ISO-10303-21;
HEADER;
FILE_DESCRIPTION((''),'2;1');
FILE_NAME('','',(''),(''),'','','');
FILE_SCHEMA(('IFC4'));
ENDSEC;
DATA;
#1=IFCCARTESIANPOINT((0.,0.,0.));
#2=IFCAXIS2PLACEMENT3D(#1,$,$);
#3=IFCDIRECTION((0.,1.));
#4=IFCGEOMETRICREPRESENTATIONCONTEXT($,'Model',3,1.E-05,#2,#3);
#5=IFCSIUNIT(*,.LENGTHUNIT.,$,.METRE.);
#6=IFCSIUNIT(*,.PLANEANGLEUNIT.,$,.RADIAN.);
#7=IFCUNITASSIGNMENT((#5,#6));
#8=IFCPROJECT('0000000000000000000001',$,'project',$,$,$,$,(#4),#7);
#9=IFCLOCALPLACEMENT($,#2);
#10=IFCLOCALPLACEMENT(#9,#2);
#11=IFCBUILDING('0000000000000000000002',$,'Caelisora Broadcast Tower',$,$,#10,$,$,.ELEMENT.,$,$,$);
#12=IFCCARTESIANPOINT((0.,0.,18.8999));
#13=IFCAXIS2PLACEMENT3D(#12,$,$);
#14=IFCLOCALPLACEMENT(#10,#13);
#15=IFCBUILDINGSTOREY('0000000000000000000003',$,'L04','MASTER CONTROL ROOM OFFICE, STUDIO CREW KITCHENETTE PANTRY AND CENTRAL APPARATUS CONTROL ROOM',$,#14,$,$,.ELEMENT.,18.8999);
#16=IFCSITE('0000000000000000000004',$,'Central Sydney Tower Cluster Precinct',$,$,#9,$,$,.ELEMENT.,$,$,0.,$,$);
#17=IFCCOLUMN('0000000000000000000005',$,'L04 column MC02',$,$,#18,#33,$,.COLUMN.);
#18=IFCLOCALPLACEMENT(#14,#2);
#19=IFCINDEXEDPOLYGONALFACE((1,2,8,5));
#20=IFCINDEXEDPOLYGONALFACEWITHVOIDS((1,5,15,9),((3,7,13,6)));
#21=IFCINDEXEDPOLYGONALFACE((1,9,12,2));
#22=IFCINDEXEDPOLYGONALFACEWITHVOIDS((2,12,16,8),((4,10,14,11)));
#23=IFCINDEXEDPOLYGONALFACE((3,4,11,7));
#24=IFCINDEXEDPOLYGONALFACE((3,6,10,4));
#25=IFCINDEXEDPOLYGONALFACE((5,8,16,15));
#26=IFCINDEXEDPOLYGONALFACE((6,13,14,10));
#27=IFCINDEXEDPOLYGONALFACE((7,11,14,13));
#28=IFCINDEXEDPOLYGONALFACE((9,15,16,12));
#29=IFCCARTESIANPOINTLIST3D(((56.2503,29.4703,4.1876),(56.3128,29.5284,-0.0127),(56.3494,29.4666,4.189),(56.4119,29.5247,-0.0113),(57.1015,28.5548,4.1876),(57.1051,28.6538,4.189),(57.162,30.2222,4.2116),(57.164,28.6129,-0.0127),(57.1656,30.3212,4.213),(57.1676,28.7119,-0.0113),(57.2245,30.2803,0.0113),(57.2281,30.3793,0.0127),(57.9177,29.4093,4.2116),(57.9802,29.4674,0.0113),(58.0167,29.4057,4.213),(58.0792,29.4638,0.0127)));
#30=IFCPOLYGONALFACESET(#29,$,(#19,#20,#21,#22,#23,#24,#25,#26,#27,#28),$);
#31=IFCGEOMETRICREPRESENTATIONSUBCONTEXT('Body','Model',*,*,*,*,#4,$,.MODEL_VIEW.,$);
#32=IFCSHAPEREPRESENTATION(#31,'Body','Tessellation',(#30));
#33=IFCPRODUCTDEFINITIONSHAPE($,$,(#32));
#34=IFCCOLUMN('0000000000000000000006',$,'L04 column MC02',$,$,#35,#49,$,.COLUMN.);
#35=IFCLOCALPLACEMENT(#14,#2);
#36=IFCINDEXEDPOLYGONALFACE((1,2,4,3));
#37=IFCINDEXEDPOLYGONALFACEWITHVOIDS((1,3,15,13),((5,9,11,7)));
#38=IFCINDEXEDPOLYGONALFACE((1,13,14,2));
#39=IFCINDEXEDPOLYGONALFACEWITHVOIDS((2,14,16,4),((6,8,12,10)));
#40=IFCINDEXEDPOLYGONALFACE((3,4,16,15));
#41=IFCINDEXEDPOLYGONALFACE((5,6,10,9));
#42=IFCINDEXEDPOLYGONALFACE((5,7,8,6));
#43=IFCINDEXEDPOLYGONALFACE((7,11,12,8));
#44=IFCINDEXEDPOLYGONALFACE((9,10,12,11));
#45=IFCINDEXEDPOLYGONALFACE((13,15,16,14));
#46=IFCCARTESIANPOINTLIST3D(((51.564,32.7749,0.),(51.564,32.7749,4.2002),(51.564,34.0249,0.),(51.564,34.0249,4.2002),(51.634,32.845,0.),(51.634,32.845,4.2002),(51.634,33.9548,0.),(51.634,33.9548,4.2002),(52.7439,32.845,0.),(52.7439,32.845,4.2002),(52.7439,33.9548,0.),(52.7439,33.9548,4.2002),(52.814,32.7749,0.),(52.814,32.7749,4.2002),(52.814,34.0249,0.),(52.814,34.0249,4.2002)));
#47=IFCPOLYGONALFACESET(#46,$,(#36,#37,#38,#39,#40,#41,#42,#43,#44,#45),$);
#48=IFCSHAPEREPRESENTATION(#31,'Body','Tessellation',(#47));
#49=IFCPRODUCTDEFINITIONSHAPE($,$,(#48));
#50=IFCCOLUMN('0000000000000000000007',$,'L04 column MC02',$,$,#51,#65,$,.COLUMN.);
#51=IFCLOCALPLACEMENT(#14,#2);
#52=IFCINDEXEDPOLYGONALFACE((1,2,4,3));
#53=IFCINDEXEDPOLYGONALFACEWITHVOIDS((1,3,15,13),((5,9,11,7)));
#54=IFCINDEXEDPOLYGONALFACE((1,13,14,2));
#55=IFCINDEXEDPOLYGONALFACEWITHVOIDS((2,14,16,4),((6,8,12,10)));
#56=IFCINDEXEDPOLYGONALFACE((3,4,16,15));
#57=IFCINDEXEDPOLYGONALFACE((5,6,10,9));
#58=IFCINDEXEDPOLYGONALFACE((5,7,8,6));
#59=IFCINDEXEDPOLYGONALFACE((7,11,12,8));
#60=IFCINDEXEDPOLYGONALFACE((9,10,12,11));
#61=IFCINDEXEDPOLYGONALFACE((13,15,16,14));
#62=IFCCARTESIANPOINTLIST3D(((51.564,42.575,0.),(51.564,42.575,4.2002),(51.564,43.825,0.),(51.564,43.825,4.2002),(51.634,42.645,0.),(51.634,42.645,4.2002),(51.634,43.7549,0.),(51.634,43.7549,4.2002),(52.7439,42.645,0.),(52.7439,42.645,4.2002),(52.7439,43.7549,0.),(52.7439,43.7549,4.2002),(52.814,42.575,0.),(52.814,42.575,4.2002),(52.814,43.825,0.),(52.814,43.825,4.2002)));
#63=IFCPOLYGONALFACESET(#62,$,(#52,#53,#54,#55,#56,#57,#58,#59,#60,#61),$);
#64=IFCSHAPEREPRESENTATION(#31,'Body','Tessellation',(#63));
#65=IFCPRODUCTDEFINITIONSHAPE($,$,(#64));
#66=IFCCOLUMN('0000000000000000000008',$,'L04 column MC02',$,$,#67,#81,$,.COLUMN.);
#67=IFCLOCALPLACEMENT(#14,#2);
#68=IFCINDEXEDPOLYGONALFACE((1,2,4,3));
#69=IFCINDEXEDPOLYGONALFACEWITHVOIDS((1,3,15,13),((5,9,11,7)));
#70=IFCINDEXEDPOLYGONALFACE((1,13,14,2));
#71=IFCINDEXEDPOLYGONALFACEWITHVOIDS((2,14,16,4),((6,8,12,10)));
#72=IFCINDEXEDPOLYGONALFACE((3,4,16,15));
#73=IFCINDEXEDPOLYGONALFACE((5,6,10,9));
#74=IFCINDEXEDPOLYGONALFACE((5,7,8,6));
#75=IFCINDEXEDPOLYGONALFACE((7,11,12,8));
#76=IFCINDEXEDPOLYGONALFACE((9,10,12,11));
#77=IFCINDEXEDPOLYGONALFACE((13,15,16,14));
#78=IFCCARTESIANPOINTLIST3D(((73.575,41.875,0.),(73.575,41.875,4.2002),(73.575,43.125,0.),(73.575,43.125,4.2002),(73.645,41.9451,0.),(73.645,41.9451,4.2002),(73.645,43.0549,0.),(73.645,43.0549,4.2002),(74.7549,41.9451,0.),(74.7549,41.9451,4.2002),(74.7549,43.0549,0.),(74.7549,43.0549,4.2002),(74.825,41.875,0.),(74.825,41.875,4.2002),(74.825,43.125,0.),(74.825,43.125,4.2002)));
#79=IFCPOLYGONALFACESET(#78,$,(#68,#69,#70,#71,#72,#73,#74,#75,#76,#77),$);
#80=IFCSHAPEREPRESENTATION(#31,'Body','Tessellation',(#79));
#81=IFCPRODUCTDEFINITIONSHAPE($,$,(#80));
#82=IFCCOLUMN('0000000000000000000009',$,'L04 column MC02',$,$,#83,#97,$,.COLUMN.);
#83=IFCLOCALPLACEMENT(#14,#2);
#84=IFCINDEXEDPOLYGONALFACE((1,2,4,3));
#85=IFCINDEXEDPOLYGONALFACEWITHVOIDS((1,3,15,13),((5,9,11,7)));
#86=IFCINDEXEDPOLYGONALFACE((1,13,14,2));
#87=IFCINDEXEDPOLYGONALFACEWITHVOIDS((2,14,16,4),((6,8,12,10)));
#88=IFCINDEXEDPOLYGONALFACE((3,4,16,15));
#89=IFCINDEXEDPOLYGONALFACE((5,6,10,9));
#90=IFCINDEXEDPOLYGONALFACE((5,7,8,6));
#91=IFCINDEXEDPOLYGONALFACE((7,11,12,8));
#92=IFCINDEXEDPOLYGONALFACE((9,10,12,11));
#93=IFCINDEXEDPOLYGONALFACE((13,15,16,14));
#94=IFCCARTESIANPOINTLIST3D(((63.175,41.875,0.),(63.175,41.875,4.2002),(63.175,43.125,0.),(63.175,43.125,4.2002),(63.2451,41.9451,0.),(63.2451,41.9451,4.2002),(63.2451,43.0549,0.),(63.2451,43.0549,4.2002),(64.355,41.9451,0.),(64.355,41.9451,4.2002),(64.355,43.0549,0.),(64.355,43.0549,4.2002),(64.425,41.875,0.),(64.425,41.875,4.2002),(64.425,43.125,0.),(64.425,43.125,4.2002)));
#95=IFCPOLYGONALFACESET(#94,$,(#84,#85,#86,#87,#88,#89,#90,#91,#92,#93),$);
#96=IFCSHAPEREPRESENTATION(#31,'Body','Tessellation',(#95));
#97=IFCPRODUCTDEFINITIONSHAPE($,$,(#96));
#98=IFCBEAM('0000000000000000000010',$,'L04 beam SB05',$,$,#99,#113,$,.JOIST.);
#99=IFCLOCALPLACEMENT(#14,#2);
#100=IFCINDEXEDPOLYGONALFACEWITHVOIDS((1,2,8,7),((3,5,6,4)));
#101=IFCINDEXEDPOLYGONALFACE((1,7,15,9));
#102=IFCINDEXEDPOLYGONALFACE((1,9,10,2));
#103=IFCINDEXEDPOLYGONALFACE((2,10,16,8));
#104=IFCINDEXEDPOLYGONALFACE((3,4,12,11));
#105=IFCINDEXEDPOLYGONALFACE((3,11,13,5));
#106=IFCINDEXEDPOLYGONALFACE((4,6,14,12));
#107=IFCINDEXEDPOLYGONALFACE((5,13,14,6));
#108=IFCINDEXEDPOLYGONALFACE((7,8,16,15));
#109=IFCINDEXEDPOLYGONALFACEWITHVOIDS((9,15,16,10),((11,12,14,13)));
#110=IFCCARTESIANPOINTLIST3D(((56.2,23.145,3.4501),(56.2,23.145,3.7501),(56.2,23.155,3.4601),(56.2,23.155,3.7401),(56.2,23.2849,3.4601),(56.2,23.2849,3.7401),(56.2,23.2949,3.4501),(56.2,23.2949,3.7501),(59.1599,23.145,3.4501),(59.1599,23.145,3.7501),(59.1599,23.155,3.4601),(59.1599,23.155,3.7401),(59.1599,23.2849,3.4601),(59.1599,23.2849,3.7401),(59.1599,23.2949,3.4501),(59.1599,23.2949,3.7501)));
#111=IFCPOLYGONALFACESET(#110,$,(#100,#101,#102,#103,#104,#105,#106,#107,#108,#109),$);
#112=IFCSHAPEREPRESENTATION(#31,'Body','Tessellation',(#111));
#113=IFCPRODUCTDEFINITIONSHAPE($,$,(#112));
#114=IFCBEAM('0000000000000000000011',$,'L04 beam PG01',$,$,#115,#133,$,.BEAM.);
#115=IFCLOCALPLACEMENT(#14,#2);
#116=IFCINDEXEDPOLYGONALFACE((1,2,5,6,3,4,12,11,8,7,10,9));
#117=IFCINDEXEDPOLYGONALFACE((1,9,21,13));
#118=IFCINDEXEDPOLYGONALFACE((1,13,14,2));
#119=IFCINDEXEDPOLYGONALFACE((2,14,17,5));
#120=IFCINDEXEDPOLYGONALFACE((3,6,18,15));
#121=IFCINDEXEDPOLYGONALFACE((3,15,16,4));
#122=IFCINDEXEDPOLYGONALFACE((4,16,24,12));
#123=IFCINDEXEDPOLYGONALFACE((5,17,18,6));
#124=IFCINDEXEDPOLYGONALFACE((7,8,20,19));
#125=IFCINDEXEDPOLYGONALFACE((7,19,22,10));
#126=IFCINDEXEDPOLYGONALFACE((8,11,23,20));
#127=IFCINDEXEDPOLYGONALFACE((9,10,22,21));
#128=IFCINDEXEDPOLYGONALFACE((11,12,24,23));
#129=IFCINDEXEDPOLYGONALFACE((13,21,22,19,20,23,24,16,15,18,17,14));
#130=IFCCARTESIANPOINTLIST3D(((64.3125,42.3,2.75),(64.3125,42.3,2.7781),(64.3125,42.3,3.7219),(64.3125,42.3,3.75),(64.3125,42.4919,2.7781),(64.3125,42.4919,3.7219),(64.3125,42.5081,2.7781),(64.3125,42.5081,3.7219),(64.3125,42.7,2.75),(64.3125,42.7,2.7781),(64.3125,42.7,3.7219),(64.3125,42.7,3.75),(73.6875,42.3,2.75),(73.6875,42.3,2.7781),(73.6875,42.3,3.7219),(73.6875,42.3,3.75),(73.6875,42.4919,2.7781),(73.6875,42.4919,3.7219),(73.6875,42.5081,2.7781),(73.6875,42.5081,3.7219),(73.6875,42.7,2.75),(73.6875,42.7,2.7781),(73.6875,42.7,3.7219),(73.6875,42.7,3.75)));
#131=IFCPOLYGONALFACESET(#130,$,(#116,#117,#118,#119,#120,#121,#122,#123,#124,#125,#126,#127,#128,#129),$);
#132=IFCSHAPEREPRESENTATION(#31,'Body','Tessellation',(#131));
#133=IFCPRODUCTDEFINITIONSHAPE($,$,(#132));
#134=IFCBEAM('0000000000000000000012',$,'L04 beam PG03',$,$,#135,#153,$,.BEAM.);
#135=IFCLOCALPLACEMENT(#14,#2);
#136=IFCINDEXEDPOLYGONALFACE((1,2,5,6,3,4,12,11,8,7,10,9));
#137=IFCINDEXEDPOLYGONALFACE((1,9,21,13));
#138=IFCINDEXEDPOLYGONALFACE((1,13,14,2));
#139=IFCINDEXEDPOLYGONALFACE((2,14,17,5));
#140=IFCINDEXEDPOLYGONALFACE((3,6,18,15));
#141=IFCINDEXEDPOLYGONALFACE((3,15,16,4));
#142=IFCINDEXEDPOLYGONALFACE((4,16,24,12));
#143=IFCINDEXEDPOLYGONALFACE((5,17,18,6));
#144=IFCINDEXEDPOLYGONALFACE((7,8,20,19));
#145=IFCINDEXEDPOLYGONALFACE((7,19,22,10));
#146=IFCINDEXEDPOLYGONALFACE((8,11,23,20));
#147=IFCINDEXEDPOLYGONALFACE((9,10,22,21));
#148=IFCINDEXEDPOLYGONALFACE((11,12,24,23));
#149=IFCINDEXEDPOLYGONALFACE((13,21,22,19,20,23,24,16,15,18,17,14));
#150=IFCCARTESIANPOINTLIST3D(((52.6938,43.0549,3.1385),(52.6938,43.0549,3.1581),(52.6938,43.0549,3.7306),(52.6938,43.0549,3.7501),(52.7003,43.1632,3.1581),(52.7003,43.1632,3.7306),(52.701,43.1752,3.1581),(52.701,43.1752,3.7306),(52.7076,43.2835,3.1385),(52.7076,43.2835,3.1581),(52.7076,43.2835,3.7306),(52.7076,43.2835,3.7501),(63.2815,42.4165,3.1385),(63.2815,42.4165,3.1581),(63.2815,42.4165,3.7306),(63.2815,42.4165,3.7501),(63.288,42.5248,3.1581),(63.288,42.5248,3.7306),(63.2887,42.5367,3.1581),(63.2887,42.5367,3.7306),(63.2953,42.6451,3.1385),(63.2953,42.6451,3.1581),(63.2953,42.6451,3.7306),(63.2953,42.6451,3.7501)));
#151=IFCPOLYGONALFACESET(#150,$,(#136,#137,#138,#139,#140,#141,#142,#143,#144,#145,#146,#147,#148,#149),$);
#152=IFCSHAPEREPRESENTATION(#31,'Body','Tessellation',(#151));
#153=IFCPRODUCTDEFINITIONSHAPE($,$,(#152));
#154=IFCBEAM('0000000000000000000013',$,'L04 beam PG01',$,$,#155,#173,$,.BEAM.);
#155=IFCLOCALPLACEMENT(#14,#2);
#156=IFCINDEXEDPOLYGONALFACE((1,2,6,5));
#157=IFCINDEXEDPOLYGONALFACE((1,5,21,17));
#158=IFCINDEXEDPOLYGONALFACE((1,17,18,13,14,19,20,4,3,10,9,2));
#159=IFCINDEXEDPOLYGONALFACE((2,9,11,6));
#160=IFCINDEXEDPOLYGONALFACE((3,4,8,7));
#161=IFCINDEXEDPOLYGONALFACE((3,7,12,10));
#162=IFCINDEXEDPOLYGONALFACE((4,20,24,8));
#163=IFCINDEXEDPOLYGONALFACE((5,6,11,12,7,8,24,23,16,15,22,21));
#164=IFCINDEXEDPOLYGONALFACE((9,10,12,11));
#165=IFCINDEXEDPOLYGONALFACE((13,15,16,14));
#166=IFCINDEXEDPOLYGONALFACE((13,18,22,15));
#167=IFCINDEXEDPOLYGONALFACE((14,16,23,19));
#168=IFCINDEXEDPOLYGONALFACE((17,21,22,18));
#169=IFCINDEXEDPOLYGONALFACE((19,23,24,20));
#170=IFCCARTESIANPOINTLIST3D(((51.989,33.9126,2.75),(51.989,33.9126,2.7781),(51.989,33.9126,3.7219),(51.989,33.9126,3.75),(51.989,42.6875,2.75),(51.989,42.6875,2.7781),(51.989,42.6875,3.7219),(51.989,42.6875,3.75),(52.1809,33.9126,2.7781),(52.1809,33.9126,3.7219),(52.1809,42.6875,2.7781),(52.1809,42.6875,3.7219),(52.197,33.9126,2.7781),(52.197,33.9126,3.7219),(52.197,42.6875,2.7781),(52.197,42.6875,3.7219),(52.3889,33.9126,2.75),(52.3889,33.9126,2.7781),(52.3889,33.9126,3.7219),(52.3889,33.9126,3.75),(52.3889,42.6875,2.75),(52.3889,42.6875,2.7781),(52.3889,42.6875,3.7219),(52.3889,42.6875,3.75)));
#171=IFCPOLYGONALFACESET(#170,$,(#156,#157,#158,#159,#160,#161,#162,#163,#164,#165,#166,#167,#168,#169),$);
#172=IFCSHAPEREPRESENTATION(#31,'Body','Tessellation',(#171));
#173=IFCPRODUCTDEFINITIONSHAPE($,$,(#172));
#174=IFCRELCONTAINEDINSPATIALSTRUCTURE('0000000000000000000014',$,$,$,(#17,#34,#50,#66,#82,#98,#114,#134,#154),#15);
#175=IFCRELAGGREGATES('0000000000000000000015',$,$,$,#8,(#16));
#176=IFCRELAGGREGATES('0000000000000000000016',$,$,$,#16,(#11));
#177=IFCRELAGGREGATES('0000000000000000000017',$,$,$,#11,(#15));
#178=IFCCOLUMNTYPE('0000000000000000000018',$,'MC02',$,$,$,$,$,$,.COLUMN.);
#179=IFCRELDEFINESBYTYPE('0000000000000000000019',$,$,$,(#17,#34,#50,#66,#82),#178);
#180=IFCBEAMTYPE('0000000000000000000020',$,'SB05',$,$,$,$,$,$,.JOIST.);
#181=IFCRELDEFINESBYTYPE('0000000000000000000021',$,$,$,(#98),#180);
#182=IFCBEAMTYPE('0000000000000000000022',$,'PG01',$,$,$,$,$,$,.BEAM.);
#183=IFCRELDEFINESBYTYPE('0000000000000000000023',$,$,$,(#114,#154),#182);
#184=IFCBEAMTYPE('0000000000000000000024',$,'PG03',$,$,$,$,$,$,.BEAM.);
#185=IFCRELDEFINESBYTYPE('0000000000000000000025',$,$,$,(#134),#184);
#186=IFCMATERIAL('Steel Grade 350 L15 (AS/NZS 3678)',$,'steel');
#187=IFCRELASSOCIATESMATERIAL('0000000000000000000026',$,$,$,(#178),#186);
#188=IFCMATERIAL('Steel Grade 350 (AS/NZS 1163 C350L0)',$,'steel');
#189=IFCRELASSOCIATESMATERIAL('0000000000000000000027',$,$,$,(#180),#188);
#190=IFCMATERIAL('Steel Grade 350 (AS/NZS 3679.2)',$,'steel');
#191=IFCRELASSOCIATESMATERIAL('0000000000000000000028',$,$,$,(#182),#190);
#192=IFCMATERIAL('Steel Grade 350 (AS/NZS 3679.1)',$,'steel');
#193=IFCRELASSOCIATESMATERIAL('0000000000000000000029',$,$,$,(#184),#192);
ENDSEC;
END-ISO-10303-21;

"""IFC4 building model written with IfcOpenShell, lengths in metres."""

from ifc_helpers import new_model, si_unit, direction, frame, origin, origin_2d, place, context, subcontext, project, spatial, hollow_rectangle, i_section, extrude, source, transform, mapped, material, material_profile, profile_set, type_object, type_shapes, element, save


model = new_model("IFC4")

# Units and contexts
model_context = context("Model", 3, precision=1e-05, world=origin(), true_north=direction((0.0, 1.0)))
body_context = subcontext(model_context, "Body", "Model", "MODEL_VIEW")
ifc_project = project(units=[si_unit("LENGTHUNIT", "METRE"), si_unit("PLANEANGLEUNIT", "RADIAN")], contexts=[model_context])

# Site, building, storey
site_placement = place(None, origin())
site = spatial("IfcSite", under=ifc_project, at=site_placement, Name="Central Sydney Tower Cluster Precinct", CompositionType="ELEMENT", RefElevation=0.0)
building_placement = place(site_placement, origin())
building = spatial("IfcBuilding", under=site, at=building_placement, Name="Caelisora Broadcast Tower", CompositionType="ELEMENT")
storey_placement = place(building_placement, frame((0.0, 0.0, 18.8999)))
storey = spatial("IfcBuildingStorey", under=building, at=storey_placement, Name="L04", Description="MASTER CONTROL ROOM OFFICE, STUDIO CREW KITCHENETTE PANTRY AND CENTRAL APPARATUS CONTROL ROOM", CompositionType="ELEMENT", Elevation=18.8999)

# Columns
ifc_material_1 = material(Name="Steel Grade 350 L15 (AS/NZS 3678)", Category="steel")
ifc_material_profile_1 = material_profile(ifc_material_1, hollow_rectangle(XDim=1.25, YDim=1.25, WallThickness=0.0701, at=origin_2d()), Name="Steel Grade 350 L15 (AS/NZS 3678)")
ifc_profile_set_1 = profile_set([ifc_material_profile_1], Name="Steel Grade 350 L15 (AS/NZS 3678)")
column_type = type_object("IfcColumnType", Name="MC02", PredefinedType="COLUMN", material=ifc_profile_set_1)
shared_shape_1 = source(origin(), body_context, "Body", "SweptSolid", [
    extrude(hollow_rectangle(XDim=1.25, YDim=1.25, WallThickness=0.0701, at=origin_2d()), origin(), (0.0, 0.0, 1.0), 4.2012),
])
column_placement = place(storey_placement, frame((57.196, 29.4961, 0.0), z_axis=(-0.014877, -0.013831, 0.999794), x_axis=(0.68089, -0.732386, 0.0)))
element("IfcColumn", 1, at=column_placement, inside=storey, type_object=column_type, Name="L04 column MC02", PredefinedType="COLUMN", context=body_context, shape_type="MappedRepresentation", body=[
    mapped(shared_shape_1, transform((0.0, 0.0, 0.0), scale=1.0)),
])
shared_shape_2 = source(origin(), body_context, "Body", "SweptSolid", [
    extrude(hollow_rectangle(XDim=1.25, YDim=1.25, WallThickness=0.0701, at=origin_2d()), origin(), (0.0, 0.0, 1.0), 4.2002),
])
type_shapes(column_type, [shared_shape_1, shared_shape_2])
for number, where, z_axis, x_axis, name in (
    (2, (52.189, 33.3999, 0.0), (0.0, 0.0, 1.0), (1.0, 0.0, 0.0), "L04 column MC02"),
    (3, (52.189, 43.2, 0.0), (0.0, 0.0, 1.0), (1.0, 0.0, 0.0), "L04 column MC02"),
    (4, (74.2, 42.5, 0.0), (0.0, 0.0, 1.0), (1.0, 0.0, 0.0), "L04 column MC02"),
    (5, (63.8, 42.5, 0.0), (0.0, 0.0, 1.0), (1.0, 0.0, 0.0), "L04 column MC02"),
):
    element("IfcColumn", number, at=place(storey_placement, frame(where, z_axis=z_axis, x_axis=x_axis)), inside=storey, type_object=column_type, Name=name, PredefinedType="COLUMN", context=body_context, shape_type="MappedRepresentation", body=[
        mapped(shared_shape_2, transform((0.0, 0.0, 0.0), scale=1.0)),
    ])

# Beams
ifc_material_2 = material(Name="Steel Grade 350 (AS/NZS 1163 C350L0)", Category="steel")
ifc_material_profile_2 = material_profile(ifc_material_2, hollow_rectangle(XDim=0.1499, YDim=0.3, WallThickness=0.01, at=origin_2d()), Name="Steel Grade 350 (AS/NZS 1163 C350L0)")
ifc_profile_set_2 = profile_set([ifc_material_profile_2], Name="Steel Grade 350 (AS/NZS 1163 C350L0)")
beam_type_1 = type_object("IfcBeamType", Name="SB05", PredefinedType="JOIST", material=ifc_profile_set_2)
shared_shape_3 = source(origin(), body_context, "Body", "SweptSolid", [
    extrude(hollow_rectangle(XDim=0.1499, YDim=0.3, WallThickness=0.01, at=origin_2d()), origin(), (0.0, 0.0, 1.0), 2.96),
])
type_shapes(beam_type_1, [shared_shape_3])
beam_1_placement = place(storey_placement, frame((56.2, 23.22, 3.6001), z_axis=(1.0, 0.0, 0.0), x_axis=(0.0, 1.0, 0.0)))
element("IfcBeam", 6, at=beam_1_placement, inside=storey, type_object=beam_type_1, Name="L04 beam SB05", PredefinedType="JOIST", context=body_context, shape_type="MappedRepresentation", body=[
    mapped(shared_shape_3, transform((0.0, 0.0, 0.0), scale=1.0)),
])
ifc_material_3 = material(Name="Steel Grade 350 (AS/NZS 3679.2)", Category="steel")
ifc_material_profile_3 = material_profile(ifc_material_3, i_section(OverallWidth=0.3999, OverallDepth=1.0, WebThickness=0.0161, FlangeThickness=0.0281, at=origin_2d()), Name="Steel Grade 350 (AS/NZS 3679.2)")
ifc_profile_set_3 = profile_set([ifc_material_profile_3], Name="Steel Grade 350 (AS/NZS 3679.2)")
beam_type_2 = type_object("IfcBeamType", Name="PG01", PredefinedType="BEAM", material=ifc_profile_set_3)
shared_shape_4 = source(origin(), body_context, "Body", "SweptSolid", [
    extrude(i_section(OverallWidth=0.3999, OverallDepth=1.0, WebThickness=0.0161, FlangeThickness=0.0281, at=origin_2d()), origin(), (0.0, 0.0, 1.0), 9.375),
])
beam_2_placement = place(storey_placement, frame((64.3125, 42.5, 3.25), z_axis=(1.0, 0.0, 0.0), x_axis=(0.0, 1.0, 0.0)))
element("IfcBeam", 7, at=beam_2_placement, inside=storey, type_object=beam_type_2, Name="L04 beam PG01", PredefinedType="BEAM", context=body_context, shape_type="MappedRepresentation", body=[
    mapped(shared_shape_4, transform((0.0, 0.0, 0.0), scale=1.0)),
])
ifc_material_4 = material(Name="Steel Grade 350 (AS/NZS 3679.1)", Category="steel")
ifc_material_profile_4 = material_profile(ifc_material_4, i_section(OverallWidth=0.229, OverallDepth=0.6116, WebThickness=0.012, FlangeThickness=0.0195, at=origin_2d()), Name="Steel Grade 350 (AS/NZS 3679.1)")
ifc_profile_set_4 = profile_set([ifc_material_profile_4], Name="Steel Grade 350 (AS/NZS 3679.1)")
beam_type_3 = type_object("IfcBeamType", Name="PG03", PredefinedType="BEAM", material=ifc_profile_set_4)
shared_shape_5 = source(origin(), body_context, "Body", "SweptSolid", [
    extrude(i_section(OverallWidth=0.229, OverallDepth=0.6116, WebThickness=0.012, FlangeThickness=0.0195, at=origin_2d()), origin(), (0.0, 0.0, 1.0), 10.6069),
])
type_shapes(beam_type_3, [shared_shape_5])
beam_3_placement = place(storey_placement, frame((52.7007, 43.1692, 3.4443), z_axis=(0.998187, -0.06019, 0.0), x_axis=(0.06019, 0.998187, 0.0)))
element("IfcBeam", 8, at=beam_3_placement, inside=storey, type_object=beam_type_3, Name="L04 beam PG03", PredefinedType="BEAM", context=body_context, shape_type="MappedRepresentation", body=[
    mapped(shared_shape_5, transform((0.0, 0.0, 0.0), scale=1.0)),
])
shared_shape_6 = source(origin(), body_context, "Body", "SweptSolid", [
    extrude(i_section(OverallWidth=0.3999, OverallDepth=1.0, WebThickness=0.0161, FlangeThickness=0.0281, at=origin_2d()), origin(), (0.0, 0.0, 1.0), 8.7749),
])
beam_4_placement = place(storey_placement, frame((52.189, 33.9126, 3.25), z_axis=(0.0, 1.0, 0.0), x_axis=(-1.0, 0.0, 0.0)))
element("IfcBeam", 9, at=beam_4_placement, inside=storey, type_object=beam_type_2, Name="L04 beam PG01", PredefinedType="BEAM", context=body_context, shape_type="MappedRepresentation", body=[
    mapped(shared_shape_6, transform((0.0, 0.0, 0.0), scale=1.0)),
])

save(model, "model.ifc")
